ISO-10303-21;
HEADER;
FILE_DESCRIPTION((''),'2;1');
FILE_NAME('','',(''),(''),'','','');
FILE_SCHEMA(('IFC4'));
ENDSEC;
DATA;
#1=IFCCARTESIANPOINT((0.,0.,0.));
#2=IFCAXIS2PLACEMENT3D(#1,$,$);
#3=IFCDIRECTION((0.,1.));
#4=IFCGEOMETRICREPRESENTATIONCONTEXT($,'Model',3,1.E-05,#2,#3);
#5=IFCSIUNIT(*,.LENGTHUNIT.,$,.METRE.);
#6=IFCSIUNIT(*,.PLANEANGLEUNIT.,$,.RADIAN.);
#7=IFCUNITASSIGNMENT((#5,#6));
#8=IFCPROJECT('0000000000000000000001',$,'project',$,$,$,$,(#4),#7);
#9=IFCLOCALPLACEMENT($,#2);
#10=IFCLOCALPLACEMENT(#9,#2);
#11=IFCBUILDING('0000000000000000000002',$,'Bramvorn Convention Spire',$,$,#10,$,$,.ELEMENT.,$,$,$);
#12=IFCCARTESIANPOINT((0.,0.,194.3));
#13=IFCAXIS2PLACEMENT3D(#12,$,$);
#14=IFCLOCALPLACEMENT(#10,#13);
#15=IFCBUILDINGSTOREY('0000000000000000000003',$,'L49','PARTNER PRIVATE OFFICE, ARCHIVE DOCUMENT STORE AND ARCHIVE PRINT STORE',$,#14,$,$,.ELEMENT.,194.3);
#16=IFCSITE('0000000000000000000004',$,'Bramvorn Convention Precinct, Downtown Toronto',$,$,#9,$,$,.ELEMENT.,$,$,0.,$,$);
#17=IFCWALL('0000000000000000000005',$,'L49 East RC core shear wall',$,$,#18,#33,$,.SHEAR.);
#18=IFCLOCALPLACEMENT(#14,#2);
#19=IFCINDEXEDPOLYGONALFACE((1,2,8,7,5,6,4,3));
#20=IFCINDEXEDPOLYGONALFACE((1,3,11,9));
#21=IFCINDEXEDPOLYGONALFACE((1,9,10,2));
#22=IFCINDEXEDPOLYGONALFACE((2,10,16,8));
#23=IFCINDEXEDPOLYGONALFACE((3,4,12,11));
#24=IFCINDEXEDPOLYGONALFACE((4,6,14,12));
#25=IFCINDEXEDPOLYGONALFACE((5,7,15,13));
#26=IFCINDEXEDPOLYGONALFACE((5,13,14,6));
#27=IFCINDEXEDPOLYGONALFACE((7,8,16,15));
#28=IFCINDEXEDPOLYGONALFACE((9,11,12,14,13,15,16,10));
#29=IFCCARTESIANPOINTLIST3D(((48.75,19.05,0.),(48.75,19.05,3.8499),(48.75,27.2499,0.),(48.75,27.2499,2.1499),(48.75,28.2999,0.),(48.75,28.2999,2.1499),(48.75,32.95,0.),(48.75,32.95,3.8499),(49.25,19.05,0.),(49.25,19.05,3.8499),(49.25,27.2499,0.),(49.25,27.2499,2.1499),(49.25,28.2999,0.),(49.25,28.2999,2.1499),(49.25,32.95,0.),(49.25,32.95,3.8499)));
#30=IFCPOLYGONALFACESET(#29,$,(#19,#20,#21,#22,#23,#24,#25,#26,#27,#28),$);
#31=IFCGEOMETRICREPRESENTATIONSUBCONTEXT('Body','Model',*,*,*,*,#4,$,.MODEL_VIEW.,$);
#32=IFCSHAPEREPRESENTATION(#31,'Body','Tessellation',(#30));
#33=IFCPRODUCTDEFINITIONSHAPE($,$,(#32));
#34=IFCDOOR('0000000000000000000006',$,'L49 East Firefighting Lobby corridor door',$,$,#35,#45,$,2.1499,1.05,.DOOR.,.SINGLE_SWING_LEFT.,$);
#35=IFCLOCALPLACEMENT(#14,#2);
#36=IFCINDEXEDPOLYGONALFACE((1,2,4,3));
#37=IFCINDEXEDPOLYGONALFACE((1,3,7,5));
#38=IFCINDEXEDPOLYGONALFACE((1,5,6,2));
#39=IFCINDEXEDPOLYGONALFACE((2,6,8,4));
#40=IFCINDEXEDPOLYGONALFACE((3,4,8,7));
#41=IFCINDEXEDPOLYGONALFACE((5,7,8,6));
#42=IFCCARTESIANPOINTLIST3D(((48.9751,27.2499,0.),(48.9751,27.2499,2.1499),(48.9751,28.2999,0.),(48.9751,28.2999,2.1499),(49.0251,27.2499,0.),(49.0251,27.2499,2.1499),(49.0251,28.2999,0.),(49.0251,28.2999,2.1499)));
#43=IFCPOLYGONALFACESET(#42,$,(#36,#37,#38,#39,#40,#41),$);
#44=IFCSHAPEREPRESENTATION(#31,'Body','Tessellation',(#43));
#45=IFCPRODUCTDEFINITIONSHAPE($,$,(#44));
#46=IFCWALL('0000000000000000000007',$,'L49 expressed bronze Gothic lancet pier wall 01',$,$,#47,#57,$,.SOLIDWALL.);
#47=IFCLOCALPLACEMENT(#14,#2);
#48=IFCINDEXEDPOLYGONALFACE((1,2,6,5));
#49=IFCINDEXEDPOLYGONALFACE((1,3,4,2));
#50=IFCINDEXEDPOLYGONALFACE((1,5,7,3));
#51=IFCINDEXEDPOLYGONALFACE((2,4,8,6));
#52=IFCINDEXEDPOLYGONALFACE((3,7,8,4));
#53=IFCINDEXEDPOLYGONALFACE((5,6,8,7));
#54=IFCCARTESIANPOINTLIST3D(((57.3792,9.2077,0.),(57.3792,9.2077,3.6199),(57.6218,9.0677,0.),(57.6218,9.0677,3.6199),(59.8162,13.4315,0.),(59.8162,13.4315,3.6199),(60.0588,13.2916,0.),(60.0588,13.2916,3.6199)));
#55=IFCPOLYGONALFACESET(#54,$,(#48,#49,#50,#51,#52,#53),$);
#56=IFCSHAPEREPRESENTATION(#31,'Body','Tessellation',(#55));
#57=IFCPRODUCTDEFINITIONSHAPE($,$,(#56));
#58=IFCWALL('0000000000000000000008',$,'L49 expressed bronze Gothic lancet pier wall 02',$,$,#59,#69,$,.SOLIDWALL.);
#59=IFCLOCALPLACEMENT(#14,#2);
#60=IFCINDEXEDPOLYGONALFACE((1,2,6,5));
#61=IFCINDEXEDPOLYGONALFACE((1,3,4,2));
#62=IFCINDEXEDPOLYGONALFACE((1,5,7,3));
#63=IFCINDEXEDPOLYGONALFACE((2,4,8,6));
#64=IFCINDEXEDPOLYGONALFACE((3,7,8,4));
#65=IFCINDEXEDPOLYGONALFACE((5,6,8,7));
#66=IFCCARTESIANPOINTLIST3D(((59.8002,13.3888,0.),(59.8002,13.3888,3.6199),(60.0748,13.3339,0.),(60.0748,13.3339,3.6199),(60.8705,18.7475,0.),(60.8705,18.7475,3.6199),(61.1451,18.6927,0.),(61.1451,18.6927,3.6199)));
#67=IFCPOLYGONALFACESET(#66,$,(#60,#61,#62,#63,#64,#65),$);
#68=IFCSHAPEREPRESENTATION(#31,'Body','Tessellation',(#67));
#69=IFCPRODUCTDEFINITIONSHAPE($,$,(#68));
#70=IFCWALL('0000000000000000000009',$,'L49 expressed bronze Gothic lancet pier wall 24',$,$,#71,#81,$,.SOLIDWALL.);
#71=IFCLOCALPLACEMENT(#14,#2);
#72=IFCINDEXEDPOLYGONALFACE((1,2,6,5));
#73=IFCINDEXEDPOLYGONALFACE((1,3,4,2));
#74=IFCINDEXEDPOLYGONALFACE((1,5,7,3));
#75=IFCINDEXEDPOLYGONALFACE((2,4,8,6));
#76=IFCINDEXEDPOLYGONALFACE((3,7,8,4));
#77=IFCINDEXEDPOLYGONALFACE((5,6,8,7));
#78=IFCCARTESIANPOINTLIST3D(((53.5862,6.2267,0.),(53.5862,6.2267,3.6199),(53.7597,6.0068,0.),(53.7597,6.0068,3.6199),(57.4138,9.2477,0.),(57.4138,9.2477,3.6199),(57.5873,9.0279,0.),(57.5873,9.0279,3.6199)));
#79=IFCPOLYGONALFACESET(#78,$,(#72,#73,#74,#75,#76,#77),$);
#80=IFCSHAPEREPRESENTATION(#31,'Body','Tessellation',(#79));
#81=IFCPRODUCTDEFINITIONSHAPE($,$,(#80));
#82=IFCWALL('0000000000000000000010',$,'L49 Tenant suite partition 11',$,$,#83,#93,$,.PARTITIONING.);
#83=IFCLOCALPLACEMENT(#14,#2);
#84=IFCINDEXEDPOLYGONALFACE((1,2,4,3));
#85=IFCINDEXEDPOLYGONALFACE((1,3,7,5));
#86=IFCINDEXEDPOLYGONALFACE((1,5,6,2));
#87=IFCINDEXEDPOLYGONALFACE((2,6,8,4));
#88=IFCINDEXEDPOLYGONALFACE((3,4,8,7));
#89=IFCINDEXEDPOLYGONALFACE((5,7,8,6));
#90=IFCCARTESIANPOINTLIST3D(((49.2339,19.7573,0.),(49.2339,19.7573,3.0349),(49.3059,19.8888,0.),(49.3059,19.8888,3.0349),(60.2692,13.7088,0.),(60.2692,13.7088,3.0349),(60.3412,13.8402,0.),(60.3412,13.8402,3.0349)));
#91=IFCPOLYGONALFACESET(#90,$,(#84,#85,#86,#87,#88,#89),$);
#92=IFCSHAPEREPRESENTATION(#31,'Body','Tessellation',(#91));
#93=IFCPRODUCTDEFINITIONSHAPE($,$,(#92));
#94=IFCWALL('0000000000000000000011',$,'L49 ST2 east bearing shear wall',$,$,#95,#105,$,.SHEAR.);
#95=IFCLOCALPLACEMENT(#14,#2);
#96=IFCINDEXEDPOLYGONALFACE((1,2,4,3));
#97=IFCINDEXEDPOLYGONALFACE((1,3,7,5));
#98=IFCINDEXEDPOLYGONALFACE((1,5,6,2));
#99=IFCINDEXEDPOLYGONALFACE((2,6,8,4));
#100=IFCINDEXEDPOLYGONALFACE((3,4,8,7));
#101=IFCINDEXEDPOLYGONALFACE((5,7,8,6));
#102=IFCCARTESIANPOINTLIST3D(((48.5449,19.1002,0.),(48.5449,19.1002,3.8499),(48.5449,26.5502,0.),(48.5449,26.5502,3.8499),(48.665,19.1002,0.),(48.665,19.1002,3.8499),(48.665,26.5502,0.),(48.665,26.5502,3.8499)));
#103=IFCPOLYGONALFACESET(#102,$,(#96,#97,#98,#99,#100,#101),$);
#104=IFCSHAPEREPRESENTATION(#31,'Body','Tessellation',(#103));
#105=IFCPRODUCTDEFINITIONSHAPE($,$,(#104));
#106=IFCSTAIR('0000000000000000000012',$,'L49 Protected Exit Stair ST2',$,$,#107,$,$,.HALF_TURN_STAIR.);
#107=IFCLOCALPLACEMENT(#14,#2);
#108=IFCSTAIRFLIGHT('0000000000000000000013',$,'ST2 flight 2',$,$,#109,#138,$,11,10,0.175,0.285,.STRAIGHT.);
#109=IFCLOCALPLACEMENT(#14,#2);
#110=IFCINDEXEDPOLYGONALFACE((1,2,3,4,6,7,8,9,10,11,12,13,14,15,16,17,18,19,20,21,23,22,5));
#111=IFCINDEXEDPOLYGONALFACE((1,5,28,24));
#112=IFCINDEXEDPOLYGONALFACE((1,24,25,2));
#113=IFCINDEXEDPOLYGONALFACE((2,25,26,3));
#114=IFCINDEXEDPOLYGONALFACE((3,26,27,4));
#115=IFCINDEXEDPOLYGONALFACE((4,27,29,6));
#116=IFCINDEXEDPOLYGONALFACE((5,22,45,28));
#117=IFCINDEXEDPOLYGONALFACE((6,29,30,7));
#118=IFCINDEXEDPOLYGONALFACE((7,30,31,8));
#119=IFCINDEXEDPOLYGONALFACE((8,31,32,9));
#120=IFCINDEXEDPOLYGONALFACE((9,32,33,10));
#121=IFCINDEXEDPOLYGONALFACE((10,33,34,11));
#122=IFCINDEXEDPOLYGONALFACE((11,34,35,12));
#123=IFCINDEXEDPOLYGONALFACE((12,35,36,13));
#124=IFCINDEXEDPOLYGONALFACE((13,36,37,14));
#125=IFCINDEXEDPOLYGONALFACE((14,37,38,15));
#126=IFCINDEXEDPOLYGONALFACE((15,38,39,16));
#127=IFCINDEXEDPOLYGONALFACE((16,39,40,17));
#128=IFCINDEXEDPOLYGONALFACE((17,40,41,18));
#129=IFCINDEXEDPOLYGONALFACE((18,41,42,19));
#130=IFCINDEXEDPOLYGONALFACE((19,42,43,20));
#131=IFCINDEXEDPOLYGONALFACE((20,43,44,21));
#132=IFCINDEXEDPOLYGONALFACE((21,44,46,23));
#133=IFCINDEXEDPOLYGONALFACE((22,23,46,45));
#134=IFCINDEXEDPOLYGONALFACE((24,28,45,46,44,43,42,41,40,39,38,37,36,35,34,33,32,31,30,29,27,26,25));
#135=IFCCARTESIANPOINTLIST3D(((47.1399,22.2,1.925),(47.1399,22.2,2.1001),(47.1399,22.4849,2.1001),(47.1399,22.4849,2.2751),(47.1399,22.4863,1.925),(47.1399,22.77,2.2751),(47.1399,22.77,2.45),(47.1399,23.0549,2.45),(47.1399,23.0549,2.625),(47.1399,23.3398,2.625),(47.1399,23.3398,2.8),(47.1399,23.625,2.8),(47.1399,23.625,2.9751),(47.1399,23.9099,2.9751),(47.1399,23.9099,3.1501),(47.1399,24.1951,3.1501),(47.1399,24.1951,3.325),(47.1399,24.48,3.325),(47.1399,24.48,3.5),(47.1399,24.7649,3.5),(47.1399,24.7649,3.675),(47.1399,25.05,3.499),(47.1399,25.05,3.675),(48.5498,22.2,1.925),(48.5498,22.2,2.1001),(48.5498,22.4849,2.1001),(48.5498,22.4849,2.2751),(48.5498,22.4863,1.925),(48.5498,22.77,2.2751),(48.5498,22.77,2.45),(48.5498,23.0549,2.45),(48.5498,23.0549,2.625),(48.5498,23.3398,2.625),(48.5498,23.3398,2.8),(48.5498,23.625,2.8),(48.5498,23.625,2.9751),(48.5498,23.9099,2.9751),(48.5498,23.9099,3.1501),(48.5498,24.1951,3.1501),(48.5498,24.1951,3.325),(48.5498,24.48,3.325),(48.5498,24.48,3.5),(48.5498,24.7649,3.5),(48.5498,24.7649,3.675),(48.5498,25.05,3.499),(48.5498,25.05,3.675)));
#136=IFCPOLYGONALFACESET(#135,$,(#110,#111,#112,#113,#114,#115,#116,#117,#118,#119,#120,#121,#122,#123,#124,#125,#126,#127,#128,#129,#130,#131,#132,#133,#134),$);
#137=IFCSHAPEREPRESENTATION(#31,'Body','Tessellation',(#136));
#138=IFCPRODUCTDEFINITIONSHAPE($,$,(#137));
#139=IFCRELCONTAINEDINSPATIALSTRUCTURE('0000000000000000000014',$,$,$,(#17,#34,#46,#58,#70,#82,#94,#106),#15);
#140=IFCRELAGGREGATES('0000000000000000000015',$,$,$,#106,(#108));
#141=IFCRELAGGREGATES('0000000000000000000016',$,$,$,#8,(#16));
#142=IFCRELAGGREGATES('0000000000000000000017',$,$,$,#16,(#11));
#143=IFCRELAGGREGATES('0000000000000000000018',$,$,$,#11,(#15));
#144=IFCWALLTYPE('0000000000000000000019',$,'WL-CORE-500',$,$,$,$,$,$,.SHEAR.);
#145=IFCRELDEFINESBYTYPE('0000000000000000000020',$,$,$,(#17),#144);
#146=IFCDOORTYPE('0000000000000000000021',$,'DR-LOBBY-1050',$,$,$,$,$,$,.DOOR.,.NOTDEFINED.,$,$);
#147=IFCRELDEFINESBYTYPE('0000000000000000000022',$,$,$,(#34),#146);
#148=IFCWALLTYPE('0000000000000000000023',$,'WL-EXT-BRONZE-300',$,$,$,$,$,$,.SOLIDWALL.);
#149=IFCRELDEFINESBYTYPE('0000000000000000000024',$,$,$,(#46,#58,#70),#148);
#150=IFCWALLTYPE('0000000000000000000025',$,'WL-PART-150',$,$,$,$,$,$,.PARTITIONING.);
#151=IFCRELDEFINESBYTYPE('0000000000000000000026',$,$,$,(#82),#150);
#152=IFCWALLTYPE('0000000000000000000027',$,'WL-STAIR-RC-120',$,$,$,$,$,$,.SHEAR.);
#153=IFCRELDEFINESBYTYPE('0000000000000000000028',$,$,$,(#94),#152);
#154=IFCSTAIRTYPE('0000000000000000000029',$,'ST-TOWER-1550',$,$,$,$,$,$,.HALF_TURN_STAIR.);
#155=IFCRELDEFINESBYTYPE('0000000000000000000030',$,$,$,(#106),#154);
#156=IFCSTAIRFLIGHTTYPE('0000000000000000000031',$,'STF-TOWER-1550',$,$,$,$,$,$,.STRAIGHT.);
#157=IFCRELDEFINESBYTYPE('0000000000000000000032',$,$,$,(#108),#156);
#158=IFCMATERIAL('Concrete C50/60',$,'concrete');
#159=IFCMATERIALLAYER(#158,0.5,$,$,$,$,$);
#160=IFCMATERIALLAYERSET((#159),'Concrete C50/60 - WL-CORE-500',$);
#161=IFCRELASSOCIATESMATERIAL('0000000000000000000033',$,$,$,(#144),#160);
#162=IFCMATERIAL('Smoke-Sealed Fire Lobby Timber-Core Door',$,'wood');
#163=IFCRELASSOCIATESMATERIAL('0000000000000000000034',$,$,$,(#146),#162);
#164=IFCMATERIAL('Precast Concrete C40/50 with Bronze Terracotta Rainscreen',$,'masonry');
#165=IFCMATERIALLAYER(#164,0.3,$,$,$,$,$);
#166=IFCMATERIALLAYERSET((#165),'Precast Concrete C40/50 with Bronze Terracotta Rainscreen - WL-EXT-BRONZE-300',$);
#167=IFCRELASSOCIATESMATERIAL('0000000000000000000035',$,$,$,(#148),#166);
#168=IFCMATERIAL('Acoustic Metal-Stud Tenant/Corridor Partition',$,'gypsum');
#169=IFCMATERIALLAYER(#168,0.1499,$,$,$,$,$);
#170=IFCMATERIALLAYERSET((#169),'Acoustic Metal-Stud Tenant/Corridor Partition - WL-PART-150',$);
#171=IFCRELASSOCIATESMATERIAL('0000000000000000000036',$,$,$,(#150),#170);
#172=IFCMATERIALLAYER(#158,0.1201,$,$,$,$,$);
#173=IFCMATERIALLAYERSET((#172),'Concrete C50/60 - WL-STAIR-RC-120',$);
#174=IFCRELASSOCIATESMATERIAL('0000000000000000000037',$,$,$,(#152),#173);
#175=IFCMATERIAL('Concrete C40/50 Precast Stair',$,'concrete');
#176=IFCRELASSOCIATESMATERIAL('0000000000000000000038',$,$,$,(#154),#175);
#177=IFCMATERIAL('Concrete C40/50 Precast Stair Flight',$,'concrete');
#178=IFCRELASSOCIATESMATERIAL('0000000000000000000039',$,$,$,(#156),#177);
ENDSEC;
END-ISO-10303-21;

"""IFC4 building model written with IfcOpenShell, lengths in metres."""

from ifc_helpers import new_model, si_unit, direction, frame, frame_2d, origin, place, context, subcontext, project, spatial, polyline, rectangle, outline, extrude, material, layer, layer_set, type_object, element, fill, aggregate, save


model = new_model("IFC4")

# Units and contexts
model_context = context("Model", 3, precision=1e-05, world=origin(), true_north=direction((0.0, 1.0)))
body_context = subcontext(model_context, "Body", "Model", "MODEL_VIEW")
ifc_project = project(units=[si_unit("LENGTHUNIT", "METRE"), si_unit("PLANEANGLEUNIT", "RADIAN")], contexts=[model_context])

# Site, building, storey
site_placement = place(None, origin())
site = spatial("IfcSite", under=ifc_project, at=site_placement, Name="Bramvorn Convention Precinct, Downtown Toronto", CompositionType="ELEMENT", RefElevation=0.0)
building_placement = place(site_placement, origin())
building = spatial("IfcBuilding", under=site, at=building_placement, Name="Bramvorn Convention Spire", CompositionType="ELEMENT")
storey_placement = place(building_placement, frame((0.0, 0.0, 194.3)))
storey = spatial("IfcBuildingStorey", under=building, at=storey_placement, Name="L49", Description="PARTNER PRIVATE OFFICE, ARCHIVE DOCUMENT STORE AND ARCHIVE PRINT STORE", CompositionType="ELEMENT", Elevation=194.3)

# Wall, opening, door
ifc_material_1 = material(Name="Concrete C50/60", Category="concrete")
ifc_layer_1 = layer(ifc_material_1, 0.5)
ifc_layer_set_1 = layer_set([ifc_layer_1], Name="Concrete C50/60 - WL-CORE-500")
wall_type_1 = type_object("IfcWallType", Name="WL-CORE-500", PredefinedType="SHEAR", material=ifc_layer_set_1)
wall_1_placement = place(storey_placement, frame((49.0, 19.05, 0.0), z_axis=(0.0, 0.0, 1.0), x_axis=(0.0, 1.0, 0.0)))
wall_1 = element("IfcWall", 1, at=wall_1_placement, inside=storey, type_object=wall_type_1, Name="L49 East RC core shear wall", PredefinedType="SHEAR", context=body_context, shape_type="SweptSolid", body=[
    extrude(rectangle(XDim=13.8999, YDim=0.5, at=frame_2d((6.95, 0.0))), origin(), (0.0, 0.0, 1.0), 3.8499),
])
opening_placement = place(wall_1_placement, frame((8.2, 0.0, 0.0)))
opening = element("IfcOpeningElement", 2, at=opening_placement, cuts=wall_1, PredefinedType="OPENING", context=body_context, shape_type="SweptSolid", body=[
    extrude(rectangle(XDim=1.05, YDim=2.1499, at=frame_2d((0.5249, 1.075))), frame((0.0, 0.26, 0.0), z_axis=(0.0, -1.0, 0.0), x_axis=(1.0, 0.0, 0.0)), (0.0, 0.0, 1.0), 0.52),
])
ifc_material_2 = material(Name="Smoke-Sealed Fire Lobby Timber-Core Door", Category="wood")
door_type = type_object("IfcDoorType", Name="DR-LOBBY-1050", OperationType="NOTDEFINED", PredefinedType="DOOR", material=ifc_material_2)
door_placement = place(opening_placement, origin())
door = element("IfcDoor", 3, at=door_placement, inside=storey, type_object=door_type, Name="L49 East Firefighting Lobby corridor door", OperationType="SINGLE_SWING_LEFT", OverallHeight=2.1499, OverallWidth=1.05, PredefinedType="DOOR", context=body_context, shape_type="SweptSolid", body=[
    extrude(rectangle(XDim=1.05, YDim=2.1499, at=frame_2d((0.5249, 1.075))), frame((0.0, 0.0249, 0.0), z_axis=(0.0, -1.0, 0.0), x_axis=(1.0, 0.0, 0.0)), (0.0, 0.0, 1.0), 0.05),
])
fill(opening, door)

# Walls
ifc_material_3 = material(Name="Precast Concrete C40/50 with Bronze Terracotta Rainscreen", Category="masonry")
ifc_layer_2 = layer(ifc_material_3, 0.3)
ifc_layer_set_2 = layer_set([ifc_layer_2], Name="Precast Concrete C40/50 with Bronze Terracotta Rainscreen - WL-EXT-BRONZE-300")
wall_type_2 = type_object("IfcWallType", Name="WL-EXT-BRONZE-300", PredefinedType="SOLIDWALL", material=ifc_layer_set_2)
wall_2_placement = place(storey_placement, frame((59.9375, 13.3616, 0.0), z_axis=(0.0, 0.0, 1.0), x_axis=(-0.499747, -0.866171, 0.0)))
element("IfcWall", 4, at=wall_2_placement, inside=storey, type_object=wall_type_2, Name="L49 expressed bronze Gothic lancet pier wall 01", PredefinedType="SOLIDWALL", context=body_context, shape_type="SweptSolid", body=[
    extrude(rectangle(XDim=4.8765, YDim=0.28, at=frame_2d((2.4382, 0.0))), origin(), (0.0, 0.0, 1.0), 3.6199),
])
wall_3_placement = place(storey_placement, frame((61.0078, 18.7202, 0.0), z_axis=(0.0, 0.0, 1.0), x_axis=(-0.195867, -0.98063, 0.0)))
element("IfcWall", 5, at=wall_3_placement, inside=storey, type_object=wall_type_2, Name="L49 expressed bronze Gothic lancet pier wall 02", PredefinedType="SOLIDWALL", context=body_context, shape_type="SweptSolid", body=[
    extrude(rectangle(XDim=5.4646, YDim=0.28, at=frame_2d((2.7324, 0.0))), origin(), (0.0, 0.0, 1.0), 3.6199),
])
wall_4_placement = place(storey_placement, frame((57.5005, 9.1377, 0.0), z_axis=(0.0, 0.0, 1.0), x_axis=(-0.784965, -0.61954, 0.0)))
element("IfcWall", 6, at=wall_4_placement, inside=storey, type_object=wall_type_2, Name="L49 expressed bronze Gothic lancet pier wall 24", PredefinedType="SOLIDWALL", context=body_context, shape_type="SweptSolid", body=[
    extrude(rectangle(XDim=4.8762, YDim=0.28, at=frame_2d((2.438, 0.0))), origin(), (0.0, 0.0, 1.0), 3.6199),
])
ifc_material_4 = material(Name="Acoustic Metal-Stud Tenant/Corridor Partition", Category="gypsum")
ifc_layer_3 = layer(ifc_material_4, 0.1499)
ifc_layer_set_3 = layer_set([ifc_layer_3], Name="Acoustic Metal-Stud Tenant/Corridor Partition - WL-PART-150")
wall_type_3 = type_object("IfcWallType", Name="WL-PART-150", PredefinedType="PARTITIONING", material=ifc_layer_set_3)
wall_5_placement = place(storey_placement, frame((49.27, 19.823, 0.0), z_axis=(0.0, 0.0, 1.0), x_axis=(0.876916, -0.480644, 0.0)))
element("IfcWall", 7, at=wall_5_placement, inside=storey, type_object=wall_type_3, Name="L49 Tenant suite partition 11", PredefinedType="PARTITIONING", context=body_context, shape_type="SweptSolid", body=[
    extrude(rectangle(XDim=12.5842, YDim=0.1499, at=frame_2d((6.292, 0.0))), origin(), (0.0, 0.0, 1.0), 3.0349),
])
ifc_layer_4 = layer(ifc_material_1, 0.1201)
ifc_layer_set_4 = layer_set([ifc_layer_4], Name="Concrete C50/60 - WL-STAIR-RC-120")
wall_type_4 = type_object("IfcWallType", Name="WL-STAIR-RC-120", PredefinedType="SHEAR", material=ifc_layer_set_4)
wall_6_placement = place(storey_placement, frame((48.605, 19.1001, 0.0), z_axis=(0.0, 0.0, 1.0), x_axis=(0.0, 1.0, 0.0)))
element("IfcWall", 8, at=wall_6_placement, inside=storey, type_object=wall_type_4, Name="L49 ST2 east bearing shear wall", PredefinedType="SHEAR", context=body_context, shape_type="SweptSolid", body=[
    extrude(rectangle(XDim=7.45, YDim=0.1201, at=frame_2d((3.7251, 0.0))), origin(), (0.0, 0.0, 1.0), 3.8499),
])

# Stair, stair flight
ifc_material_5 = material(Name="Concrete C40/50 Precast Stair", Category="concrete")
stair_type = type_object("IfcStairType", Name="ST-TOWER-1550", PredefinedType="HALF_TURN_STAIR", material=ifc_material_5)
stair_placement = place(storey_placement, origin())
stair = element("IfcStair", 9, at=stair_placement, inside=storey, type_object=stair_type, Name="L49 Protected Exit Stair ST2", PredefinedType="HALF_TURN_STAIR")
ifc_material_6 = material(Name="Concrete C40/50 Precast Stair Flight", Category="concrete")
stair_flight_type = type_object("IfcStairFlightType", Name="STF-TOWER-1550", PredefinedType="STRAIGHT", material=ifc_material_6)
stair_flight_placement = place(storey_placement, frame((47.845, 22.2, 1.925), z_axis=(0.0, 0.0, 1.0), x_axis=(0.0, 1.0, 0.0)))
stair_flight = element("IfcStairFlight", 10, at=stair_flight_placement, type_object=stair_flight_type, Name="ST2 flight 2", NumberOfRisers=11, NumberOfTreads=10, PredefinedType="STRAIGHT", RiserHeight=0.175, TreadLength=0.285, context=body_context, shape_type="SweptSolid", body=[
    extrude(outline(polyline([(0.0, 0.0), (0.0, 0.175), (0.2849, 0.175), (0.2849, 0.3501), (0.5701, 0.3501), (0.5701, 0.5249), (0.855, 0.5249), (0.855, 0.7), (1.1399, 0.7), (1.1399, 0.875), (1.425, 0.875), (1.425, 1.05), (1.71, 1.05), (1.71, 1.2251), (1.9951, 1.2251), (1.9951, 1.3999), (2.28, 1.3999), (2.28, 1.575), (2.5649, 1.575), (2.5649, 1.75), (2.8501, 1.75), (2.8501, 1.925), (2.8501, 1.574), (0.2864, 0.0), (0.0, 0.0)])), frame((0.0, 0.7051, 0.0), z_axis=(0.0, -1.0, 0.0), x_axis=(1.0, 0.0, 0.0)), (0.0, 0.0, 1.0), 1.4099),
])
aggregate(stair, [stair_flight])

save(model, "model.ifc")
